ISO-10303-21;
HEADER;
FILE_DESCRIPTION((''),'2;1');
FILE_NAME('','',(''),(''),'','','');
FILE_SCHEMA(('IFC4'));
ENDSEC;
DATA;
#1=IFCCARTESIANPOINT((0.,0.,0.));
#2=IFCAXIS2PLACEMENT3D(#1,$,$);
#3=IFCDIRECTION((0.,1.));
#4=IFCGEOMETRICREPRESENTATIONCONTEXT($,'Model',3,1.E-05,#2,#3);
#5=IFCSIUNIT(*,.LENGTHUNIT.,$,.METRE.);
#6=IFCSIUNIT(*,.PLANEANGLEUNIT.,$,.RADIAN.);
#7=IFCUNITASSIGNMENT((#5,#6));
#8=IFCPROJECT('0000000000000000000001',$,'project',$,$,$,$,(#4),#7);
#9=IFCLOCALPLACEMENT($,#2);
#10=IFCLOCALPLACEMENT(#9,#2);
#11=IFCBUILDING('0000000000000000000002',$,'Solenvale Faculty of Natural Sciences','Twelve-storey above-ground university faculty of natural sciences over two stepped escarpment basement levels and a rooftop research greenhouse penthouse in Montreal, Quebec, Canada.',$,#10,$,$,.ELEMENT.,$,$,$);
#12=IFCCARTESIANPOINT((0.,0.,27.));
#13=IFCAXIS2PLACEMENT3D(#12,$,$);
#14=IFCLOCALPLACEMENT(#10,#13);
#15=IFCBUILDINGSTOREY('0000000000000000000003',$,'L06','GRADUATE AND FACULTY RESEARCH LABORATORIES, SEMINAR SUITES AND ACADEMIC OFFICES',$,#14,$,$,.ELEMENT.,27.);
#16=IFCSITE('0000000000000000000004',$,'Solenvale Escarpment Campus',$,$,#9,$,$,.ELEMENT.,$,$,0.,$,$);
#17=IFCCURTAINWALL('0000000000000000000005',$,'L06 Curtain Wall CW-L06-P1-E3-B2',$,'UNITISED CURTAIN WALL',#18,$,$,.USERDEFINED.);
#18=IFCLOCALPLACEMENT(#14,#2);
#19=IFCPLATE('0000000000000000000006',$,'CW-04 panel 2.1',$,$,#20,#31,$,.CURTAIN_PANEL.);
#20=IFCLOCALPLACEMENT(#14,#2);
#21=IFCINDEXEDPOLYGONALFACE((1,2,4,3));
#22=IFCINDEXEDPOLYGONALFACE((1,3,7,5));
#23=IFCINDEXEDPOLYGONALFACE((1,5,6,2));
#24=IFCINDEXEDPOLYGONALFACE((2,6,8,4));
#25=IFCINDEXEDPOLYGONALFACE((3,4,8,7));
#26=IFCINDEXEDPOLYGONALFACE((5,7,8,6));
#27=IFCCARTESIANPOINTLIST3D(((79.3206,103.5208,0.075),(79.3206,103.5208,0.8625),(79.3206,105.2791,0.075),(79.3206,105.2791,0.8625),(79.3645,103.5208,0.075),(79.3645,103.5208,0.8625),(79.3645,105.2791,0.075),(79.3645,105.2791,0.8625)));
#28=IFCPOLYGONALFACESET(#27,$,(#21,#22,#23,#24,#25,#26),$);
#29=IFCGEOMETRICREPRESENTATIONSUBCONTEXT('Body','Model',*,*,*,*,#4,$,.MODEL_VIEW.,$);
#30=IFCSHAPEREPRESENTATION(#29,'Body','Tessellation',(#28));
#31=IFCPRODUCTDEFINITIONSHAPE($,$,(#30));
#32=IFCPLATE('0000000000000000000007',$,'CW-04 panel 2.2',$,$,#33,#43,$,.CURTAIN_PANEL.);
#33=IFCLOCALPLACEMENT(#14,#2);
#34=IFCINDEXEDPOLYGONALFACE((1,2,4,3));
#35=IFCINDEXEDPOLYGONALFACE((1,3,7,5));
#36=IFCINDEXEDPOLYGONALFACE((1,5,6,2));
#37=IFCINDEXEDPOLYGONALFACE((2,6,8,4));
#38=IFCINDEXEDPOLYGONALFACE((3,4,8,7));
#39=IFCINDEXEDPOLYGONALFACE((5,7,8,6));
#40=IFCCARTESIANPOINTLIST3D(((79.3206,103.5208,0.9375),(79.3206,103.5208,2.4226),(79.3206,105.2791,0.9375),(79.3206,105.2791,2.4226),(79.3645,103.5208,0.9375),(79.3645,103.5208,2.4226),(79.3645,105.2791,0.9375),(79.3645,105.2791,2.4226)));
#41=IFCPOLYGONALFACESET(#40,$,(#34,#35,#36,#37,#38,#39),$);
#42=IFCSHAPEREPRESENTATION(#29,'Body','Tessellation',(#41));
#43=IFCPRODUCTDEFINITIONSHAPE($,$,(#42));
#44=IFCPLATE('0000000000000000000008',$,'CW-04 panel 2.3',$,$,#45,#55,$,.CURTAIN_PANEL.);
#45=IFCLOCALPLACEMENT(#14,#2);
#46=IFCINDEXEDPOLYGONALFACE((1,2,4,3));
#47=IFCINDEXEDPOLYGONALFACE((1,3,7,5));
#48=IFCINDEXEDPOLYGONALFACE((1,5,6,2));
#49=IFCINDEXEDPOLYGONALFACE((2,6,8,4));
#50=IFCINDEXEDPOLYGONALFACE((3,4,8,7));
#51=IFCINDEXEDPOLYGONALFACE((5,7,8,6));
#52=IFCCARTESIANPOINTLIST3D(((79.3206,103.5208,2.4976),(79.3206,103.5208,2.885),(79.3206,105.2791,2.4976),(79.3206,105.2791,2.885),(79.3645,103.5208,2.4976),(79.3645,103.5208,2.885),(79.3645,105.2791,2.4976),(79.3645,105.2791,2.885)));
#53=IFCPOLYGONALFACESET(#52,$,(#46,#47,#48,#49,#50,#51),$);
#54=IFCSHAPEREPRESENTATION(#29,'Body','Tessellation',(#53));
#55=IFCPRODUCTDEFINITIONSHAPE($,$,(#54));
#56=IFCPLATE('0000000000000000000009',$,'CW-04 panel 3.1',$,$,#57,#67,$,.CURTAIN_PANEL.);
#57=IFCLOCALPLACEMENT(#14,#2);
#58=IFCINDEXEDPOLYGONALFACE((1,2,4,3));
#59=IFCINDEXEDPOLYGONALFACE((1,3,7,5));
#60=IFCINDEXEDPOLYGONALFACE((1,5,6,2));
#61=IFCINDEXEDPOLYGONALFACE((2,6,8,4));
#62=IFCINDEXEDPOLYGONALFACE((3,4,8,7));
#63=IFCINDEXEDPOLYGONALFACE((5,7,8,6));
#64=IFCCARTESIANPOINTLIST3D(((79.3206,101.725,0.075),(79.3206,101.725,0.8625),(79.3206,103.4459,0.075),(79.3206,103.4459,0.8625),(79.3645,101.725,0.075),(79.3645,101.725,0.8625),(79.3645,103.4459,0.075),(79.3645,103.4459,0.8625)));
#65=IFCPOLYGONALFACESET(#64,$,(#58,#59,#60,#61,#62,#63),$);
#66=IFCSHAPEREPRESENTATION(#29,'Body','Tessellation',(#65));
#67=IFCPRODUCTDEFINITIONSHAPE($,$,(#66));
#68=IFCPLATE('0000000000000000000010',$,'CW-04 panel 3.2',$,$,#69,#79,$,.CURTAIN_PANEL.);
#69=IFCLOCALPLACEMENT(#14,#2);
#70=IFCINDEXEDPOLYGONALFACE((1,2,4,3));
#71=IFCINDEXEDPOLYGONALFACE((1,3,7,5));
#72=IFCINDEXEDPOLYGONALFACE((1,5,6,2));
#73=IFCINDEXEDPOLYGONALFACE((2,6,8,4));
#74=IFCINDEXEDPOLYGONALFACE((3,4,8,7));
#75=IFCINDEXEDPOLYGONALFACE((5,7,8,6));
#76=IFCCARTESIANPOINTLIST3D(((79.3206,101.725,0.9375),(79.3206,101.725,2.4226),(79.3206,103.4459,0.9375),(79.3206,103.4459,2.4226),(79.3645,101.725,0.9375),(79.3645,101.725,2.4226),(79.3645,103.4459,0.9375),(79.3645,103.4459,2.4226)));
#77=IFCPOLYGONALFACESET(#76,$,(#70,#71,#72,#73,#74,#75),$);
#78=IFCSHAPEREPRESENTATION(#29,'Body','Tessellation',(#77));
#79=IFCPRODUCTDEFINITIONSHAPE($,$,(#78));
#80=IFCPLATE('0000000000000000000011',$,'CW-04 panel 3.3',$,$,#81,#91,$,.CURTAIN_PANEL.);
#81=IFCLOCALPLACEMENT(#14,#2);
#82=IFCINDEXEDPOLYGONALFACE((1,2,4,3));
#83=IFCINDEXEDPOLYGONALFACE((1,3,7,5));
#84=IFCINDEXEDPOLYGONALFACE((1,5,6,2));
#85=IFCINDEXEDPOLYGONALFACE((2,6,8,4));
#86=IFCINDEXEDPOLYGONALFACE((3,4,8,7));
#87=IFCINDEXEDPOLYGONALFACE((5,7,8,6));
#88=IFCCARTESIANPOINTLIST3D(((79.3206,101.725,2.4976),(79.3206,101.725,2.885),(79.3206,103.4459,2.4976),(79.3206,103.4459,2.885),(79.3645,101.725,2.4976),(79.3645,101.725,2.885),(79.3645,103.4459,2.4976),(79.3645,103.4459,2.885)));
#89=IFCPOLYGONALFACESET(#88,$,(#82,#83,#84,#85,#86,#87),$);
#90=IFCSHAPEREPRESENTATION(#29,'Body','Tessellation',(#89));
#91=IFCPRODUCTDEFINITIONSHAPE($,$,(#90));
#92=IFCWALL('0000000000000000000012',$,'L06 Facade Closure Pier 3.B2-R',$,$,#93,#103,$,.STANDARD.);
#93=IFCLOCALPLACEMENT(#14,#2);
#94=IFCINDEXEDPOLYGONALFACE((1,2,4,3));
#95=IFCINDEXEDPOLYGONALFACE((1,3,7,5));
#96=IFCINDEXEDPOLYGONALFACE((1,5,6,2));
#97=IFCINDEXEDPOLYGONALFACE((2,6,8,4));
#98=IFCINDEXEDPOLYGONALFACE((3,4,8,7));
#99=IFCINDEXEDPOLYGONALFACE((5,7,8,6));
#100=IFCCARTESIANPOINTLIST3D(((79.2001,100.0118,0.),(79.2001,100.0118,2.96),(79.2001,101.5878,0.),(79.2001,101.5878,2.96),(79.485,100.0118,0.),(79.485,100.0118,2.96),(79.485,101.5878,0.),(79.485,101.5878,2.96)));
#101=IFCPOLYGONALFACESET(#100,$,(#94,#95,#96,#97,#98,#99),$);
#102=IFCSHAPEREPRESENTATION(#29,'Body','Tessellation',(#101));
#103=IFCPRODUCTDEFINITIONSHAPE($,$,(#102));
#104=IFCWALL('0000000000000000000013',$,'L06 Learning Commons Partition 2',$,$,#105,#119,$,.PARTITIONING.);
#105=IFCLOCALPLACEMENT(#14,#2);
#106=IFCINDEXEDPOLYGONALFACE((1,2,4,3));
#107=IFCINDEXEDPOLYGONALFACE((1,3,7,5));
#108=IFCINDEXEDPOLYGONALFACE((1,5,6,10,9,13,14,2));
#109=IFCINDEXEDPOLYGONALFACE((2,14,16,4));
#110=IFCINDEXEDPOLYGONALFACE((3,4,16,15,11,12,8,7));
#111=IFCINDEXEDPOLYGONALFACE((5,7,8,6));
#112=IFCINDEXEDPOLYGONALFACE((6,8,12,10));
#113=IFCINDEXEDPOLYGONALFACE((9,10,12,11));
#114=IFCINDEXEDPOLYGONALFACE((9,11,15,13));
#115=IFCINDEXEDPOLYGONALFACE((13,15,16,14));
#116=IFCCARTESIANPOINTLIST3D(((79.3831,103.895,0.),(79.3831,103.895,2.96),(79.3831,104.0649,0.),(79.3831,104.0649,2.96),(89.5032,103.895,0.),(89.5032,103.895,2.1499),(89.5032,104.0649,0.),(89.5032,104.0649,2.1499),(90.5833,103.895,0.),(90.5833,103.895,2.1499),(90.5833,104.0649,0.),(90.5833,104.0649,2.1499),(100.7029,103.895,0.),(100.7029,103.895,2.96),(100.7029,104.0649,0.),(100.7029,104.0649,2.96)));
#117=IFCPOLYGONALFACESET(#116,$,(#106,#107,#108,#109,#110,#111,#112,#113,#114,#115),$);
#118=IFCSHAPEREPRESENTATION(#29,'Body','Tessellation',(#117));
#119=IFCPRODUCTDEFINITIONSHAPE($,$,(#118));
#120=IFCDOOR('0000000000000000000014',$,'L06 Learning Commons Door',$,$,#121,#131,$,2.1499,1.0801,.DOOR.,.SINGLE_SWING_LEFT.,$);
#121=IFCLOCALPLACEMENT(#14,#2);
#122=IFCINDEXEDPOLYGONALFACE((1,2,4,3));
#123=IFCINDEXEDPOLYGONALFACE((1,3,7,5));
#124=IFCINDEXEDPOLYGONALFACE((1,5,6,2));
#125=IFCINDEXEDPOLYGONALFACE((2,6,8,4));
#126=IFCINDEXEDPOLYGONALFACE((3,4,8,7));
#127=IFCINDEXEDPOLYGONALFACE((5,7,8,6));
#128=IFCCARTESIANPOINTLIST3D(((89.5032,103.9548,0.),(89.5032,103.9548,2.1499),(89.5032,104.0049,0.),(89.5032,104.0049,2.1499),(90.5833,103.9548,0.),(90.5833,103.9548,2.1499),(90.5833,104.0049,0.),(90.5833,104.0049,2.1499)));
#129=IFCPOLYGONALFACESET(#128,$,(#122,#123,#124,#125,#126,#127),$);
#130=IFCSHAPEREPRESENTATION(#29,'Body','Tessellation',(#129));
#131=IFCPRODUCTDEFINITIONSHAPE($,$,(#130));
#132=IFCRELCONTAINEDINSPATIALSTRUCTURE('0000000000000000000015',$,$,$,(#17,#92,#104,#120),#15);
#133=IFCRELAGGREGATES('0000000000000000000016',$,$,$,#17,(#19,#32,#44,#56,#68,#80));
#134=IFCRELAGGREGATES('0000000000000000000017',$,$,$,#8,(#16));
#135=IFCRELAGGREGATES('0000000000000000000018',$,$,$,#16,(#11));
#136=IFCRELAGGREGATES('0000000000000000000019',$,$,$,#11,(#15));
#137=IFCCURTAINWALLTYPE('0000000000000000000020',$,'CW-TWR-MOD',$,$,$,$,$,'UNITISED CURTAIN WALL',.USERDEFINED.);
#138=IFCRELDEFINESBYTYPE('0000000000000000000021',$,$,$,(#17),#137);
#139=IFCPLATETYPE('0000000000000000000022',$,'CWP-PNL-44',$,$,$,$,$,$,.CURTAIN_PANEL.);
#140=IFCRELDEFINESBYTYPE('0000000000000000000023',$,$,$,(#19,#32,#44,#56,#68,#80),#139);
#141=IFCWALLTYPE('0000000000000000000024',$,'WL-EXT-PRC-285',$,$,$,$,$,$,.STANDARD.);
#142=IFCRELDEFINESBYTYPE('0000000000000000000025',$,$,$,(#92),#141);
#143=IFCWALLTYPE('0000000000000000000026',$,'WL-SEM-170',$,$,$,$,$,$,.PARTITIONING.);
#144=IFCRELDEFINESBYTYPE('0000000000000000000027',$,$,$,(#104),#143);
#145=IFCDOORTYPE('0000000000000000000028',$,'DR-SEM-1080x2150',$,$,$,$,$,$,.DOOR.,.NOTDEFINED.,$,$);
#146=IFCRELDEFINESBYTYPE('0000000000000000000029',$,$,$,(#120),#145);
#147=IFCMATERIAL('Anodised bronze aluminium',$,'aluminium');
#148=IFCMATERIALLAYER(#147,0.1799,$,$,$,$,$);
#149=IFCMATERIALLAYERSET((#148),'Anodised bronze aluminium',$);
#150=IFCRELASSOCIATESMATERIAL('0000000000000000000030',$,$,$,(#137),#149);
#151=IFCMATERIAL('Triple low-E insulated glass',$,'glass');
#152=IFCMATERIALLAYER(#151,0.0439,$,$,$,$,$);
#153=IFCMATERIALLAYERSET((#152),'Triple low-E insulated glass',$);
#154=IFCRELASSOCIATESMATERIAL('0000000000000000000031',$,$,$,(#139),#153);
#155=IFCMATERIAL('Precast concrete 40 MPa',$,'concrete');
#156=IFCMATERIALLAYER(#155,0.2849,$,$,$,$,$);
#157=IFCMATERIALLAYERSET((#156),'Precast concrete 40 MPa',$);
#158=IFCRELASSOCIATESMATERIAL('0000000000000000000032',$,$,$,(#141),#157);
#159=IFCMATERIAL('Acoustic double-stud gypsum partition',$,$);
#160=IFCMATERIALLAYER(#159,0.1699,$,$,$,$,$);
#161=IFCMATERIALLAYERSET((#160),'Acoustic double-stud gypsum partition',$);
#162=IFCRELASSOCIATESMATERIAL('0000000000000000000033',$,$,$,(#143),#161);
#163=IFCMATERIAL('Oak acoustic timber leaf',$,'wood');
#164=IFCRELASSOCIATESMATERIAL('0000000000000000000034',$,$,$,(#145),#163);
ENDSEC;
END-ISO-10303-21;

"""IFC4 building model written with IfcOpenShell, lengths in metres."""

from ifc_helpers import new_model, si_unit, direction, frame, frame_2d, origin, origin_2d, place, context, subcontext, project, spatial, rectangle, extrude, material, layer, layer_set, type_object, element, fill, aggregate, save


model = new_model("IFC4")

# Units and contexts
model_context = context("Model", 3, precision=1e-05, world=origin(), true_north=direction((0.0, 1.0)))
body_context = subcontext(model_context, "Body", "Model", "MODEL_VIEW")
ifc_project = project(units=[si_unit("LENGTHUNIT", "METRE"), si_unit("PLANEANGLEUNIT", "RADIAN")], contexts=[model_context])

# Site, building, storey
site_placement = place(None, origin())
site = spatial("IfcSite", under=ifc_project, at=site_placement, Name="Solenvale Escarpment Campus", CompositionType="ELEMENT", RefElevation=0.0)
building_placement = place(site_placement, origin())
building = spatial("IfcBuilding", under=site, at=building_placement, Name="Solenvale Faculty of Natural Sciences", Description="Twelve-storey above-ground university faculty of natural sciences over two stepped escarpment basement levels and a rooftop research greenhouse penthouse in Montreal, Quebec, Canada.", CompositionType="ELEMENT")
storey_placement = place(building_placement, frame((0.0, 0.0, 27.0)))
storey = spatial("IfcBuildingStorey", under=building, at=storey_placement, Name="L06", Description="GRADUATE AND FACULTY RESEARCH LABORATORIES, SEMINAR SUITES AND ACADEMIC OFFICES", CompositionType="ELEMENT", Elevation=27.0)

# Curtain wall, plates
ifc_material_1 = material(Name="Anodised bronze aluminium", Category="aluminium")
ifc_layer_1 = layer(ifc_material_1, 0.1799)
ifc_layer_set_1 = layer_set([ifc_layer_1], Name="Anodised bronze aluminium")
curtain_wall_type = type_object("IfcCurtainWallType", Name="CW-TWR-MOD", ElementType="UNITISED CURTAIN WALL", PredefinedType="USERDEFINED", material=ifc_layer_set_1)
curtain_wall_placement = place(storey_placement, origin())
curtain_wall = element("IfcCurtainWall", 1, at=curtain_wall_placement, inside=storey, type_object=curtain_wall_type, Name="L06 Curtain Wall CW-L06-P1-E3-B2", ObjectType="UNITISED CURTAIN WALL", PredefinedType="USERDEFINED")
ifc_material_2 = material(Name="Triple low-E insulated glass", Category="glass")
ifc_layer_2 = layer(ifc_material_2, 0.0439)
ifc_layer_set_2 = layer_set([ifc_layer_2], Name="Triple low-E insulated glass")
plate_type = type_object("IfcPlateType", Name="CWP-PNL-44", PredefinedType="CURTAIN_PANEL", material=ifc_layer_set_2)
plate_1_placement = place(storey_placement, frame((79.3425, 104.3999, 0.075), z_axis=(0.0, 0.0, 1.0), x_axis=(0.0, -1.0, 0.0)))
plate_1 = element("IfcPlate", 2, at=plate_1_placement, type_object=plate_type, Name="CW-04 panel 2.1", PredefinedType="CURTAIN_PANEL", context=body_context, shape_type="SweptSolid", body=[
    extrude(rectangle(XDim=1.7583, YDim=0.0439, at=origin_2d()), origin(), (0.0, 0.0, 1.0), 0.7876),
])
plate_2_placement = place(storey_placement, frame((79.3425, 104.3999, 0.9375), z_axis=(0.0, 0.0, 1.0), x_axis=(0.0, -1.0, 0.0)))
plate_2 = element("IfcPlate", 3, at=plate_2_placement, type_object=plate_type, Name="CW-04 panel 2.2", PredefinedType="CURTAIN_PANEL", context=body_context, shape_type="SweptSolid", body=[
    extrude(rectangle(XDim=1.7583, YDim=0.0439, at=origin_2d()), origin(), (0.0, 0.0, 1.0), 1.4851),
])
plate_3_placement = place(storey_placement, frame((79.3425, 104.3999, 2.4976), z_axis=(0.0, 0.0, 1.0), x_axis=(0.0, -1.0, 0.0)))
plate_3 = element("IfcPlate", 4, at=plate_3_placement, type_object=plate_type, Name="CW-04 panel 2.3", PredefinedType="CURTAIN_PANEL", context=body_context, shape_type="SweptSolid", body=[
    extrude(rectangle(XDim=1.7583, YDim=0.0439, at=origin_2d()), origin(), (0.0, 0.0, 1.0), 0.3875),
])
plate_4_placement = place(storey_placement, frame((79.3425, 102.5854, 0.075), z_axis=(0.0, 0.0, 1.0), x_axis=(0.0, -1.0, 0.0)))
plate_4 = element("IfcPlate", 5, at=plate_4_placement, type_object=plate_type, Name="CW-04 panel 3.1", PredefinedType="CURTAIN_PANEL", context=body_context, shape_type="SweptSolid", body=[
    extrude(rectangle(XDim=1.7209, YDim=0.0439, at=origin_2d()), origin(), (0.0, 0.0, 1.0), 0.7876),
])
plate_5_placement = place(storey_placement, frame((79.3425, 102.5854, 0.9375), z_axis=(0.0, 0.0, 1.0), x_axis=(0.0, -1.0, 0.0)))
plate_5 = element("IfcPlate", 6, at=plate_5_placement, type_object=plate_type, Name="CW-04 panel 3.2", PredefinedType="CURTAIN_PANEL", context=body_context, shape_type="SweptSolid", body=[
    extrude(rectangle(XDim=1.7209, YDim=0.0439, at=origin_2d()), origin(), (0.0, 0.0, 1.0), 1.4851),
])
plate_6_placement = place(storey_placement, frame((79.3425, 102.5854, 2.4976), z_axis=(0.0, 0.0, 1.0), x_axis=(0.0, -1.0, 0.0)))
plate_6 = element("IfcPlate", 7, at=plate_6_placement, type_object=plate_type, Name="CW-04 panel 3.3", PredefinedType="CURTAIN_PANEL", context=body_context, shape_type="SweptSolid", body=[
    extrude(rectangle(XDim=1.7209, YDim=0.0439, at=origin_2d()), origin(), (0.0, 0.0, 1.0), 0.3875),
])
aggregate(curtain_wall, [plate_1, plate_2, plate_3, plate_4, plate_5, plate_6])

# Wall
ifc_material_3 = material(Name="Precast concrete 40 MPa", Category="concrete")
ifc_layer_3 = layer(ifc_material_3, 0.2849)
ifc_layer_set_3 = layer_set([ifc_layer_3], Name="Precast concrete 40 MPa")
wall_type_1 = type_object("IfcWallType", Name="WL-EXT-PRC-285", PredefinedType="STANDARD", material=ifc_layer_set_3)
wall_1_placement = place(storey_placement, frame((79.3425, 101.5879, 0.0), z_axis=(0.0, 0.0, 1.0), x_axis=(0.0, -1.0, 0.0)))
element("IfcWall", 8, at=wall_1_placement, inside=storey, type_object=wall_type_1, Name="L06 Facade Closure Pier 3.B2-R", PredefinedType="STANDARD", context=body_context, shape_type="SweptSolid", body=[
    extrude(rectangle(XDim=1.5759, YDim=0.2849, at=frame_2d((0.7881, 0.0))), origin(), (0.0, 0.0, 1.0), 2.96),
])

# Wall, opening, door
ifc_material_4 = material(Name="Acoustic double-stud gypsum partition")
ifc_layer_4 = layer(ifc_material_4, 0.1699)
ifc_layer_set_4 = layer_set([ifc_layer_4], Name="Acoustic double-stud gypsum partition")
wall_type_2 = type_object("IfcWallType", Name="WL-SEM-170", PredefinedType="PARTITIONING", material=ifc_layer_set_4)
wall_2_placement = place(storey_placement, frame((79.3831, 103.98, 0.0), z_axis=(0.0, 0.0, 1.0), x_axis=(1.0, 0.0, 0.0)))
wall_2 = element("IfcWall", 9, at=wall_2_placement, inside=storey, type_object=wall_type_2, Name="L06 Learning Commons Partition 2", PredefinedType="PARTITIONING", context=body_context, shape_type="SweptSolid", body=[
    extrude(rectangle(XDim=21.3198, YDim=0.1699, at=frame_2d((10.6599, 0.0))), origin(), (0.0, 0.0, 1.0), 2.96),
])
opening_placement = place(wall_2_placement, frame((10.1201, 0.0, 0.0)))
opening = element("IfcOpeningElement", 10, at=opening_placement, cuts=wall_2, PredefinedType="OPENING", context=body_context, shape_type="SweptSolid", body=[
    extrude(rectangle(XDim=1.0801, YDim=2.1499, at=frame_2d((0.54, 1.075))), frame((0.0, 0.095, 0.0), z_axis=(0.0, -1.0, 0.0), x_axis=(1.0, 0.0, 0.0)), (0.0, 0.0, 1.0), 0.1899),
])
ifc_material_5 = material(Name="Oak acoustic timber leaf", Category="wood")
door_type = type_object("IfcDoorType", Name="DR-SEM-1080x2150", OperationType="NOTDEFINED", PredefinedType="DOOR", material=ifc_material_5)
door_placement = place(opening_placement, origin())
door = element("IfcDoor", 11, at=door_placement, inside=storey, type_object=door_type, Name="L06 Learning Commons Door", OperationType="SINGLE_SWING_LEFT", OverallHeight=2.1499, OverallWidth=1.0801, PredefinedType="DOOR", context=body_context, shape_type="SweptSolid", body=[
    extrude(rectangle(XDim=1.0801, YDim=2.1499, at=frame_2d((0.54, 1.075))), frame((0.0, 0.0249, 0.0), z_axis=(0.0, -1.0, 0.0), x_axis=(1.0, 0.0, 0.0)), (0.0, 0.0, 1.0), 0.05),
])
fill(opening, door)

save(model, "model.ifc")
